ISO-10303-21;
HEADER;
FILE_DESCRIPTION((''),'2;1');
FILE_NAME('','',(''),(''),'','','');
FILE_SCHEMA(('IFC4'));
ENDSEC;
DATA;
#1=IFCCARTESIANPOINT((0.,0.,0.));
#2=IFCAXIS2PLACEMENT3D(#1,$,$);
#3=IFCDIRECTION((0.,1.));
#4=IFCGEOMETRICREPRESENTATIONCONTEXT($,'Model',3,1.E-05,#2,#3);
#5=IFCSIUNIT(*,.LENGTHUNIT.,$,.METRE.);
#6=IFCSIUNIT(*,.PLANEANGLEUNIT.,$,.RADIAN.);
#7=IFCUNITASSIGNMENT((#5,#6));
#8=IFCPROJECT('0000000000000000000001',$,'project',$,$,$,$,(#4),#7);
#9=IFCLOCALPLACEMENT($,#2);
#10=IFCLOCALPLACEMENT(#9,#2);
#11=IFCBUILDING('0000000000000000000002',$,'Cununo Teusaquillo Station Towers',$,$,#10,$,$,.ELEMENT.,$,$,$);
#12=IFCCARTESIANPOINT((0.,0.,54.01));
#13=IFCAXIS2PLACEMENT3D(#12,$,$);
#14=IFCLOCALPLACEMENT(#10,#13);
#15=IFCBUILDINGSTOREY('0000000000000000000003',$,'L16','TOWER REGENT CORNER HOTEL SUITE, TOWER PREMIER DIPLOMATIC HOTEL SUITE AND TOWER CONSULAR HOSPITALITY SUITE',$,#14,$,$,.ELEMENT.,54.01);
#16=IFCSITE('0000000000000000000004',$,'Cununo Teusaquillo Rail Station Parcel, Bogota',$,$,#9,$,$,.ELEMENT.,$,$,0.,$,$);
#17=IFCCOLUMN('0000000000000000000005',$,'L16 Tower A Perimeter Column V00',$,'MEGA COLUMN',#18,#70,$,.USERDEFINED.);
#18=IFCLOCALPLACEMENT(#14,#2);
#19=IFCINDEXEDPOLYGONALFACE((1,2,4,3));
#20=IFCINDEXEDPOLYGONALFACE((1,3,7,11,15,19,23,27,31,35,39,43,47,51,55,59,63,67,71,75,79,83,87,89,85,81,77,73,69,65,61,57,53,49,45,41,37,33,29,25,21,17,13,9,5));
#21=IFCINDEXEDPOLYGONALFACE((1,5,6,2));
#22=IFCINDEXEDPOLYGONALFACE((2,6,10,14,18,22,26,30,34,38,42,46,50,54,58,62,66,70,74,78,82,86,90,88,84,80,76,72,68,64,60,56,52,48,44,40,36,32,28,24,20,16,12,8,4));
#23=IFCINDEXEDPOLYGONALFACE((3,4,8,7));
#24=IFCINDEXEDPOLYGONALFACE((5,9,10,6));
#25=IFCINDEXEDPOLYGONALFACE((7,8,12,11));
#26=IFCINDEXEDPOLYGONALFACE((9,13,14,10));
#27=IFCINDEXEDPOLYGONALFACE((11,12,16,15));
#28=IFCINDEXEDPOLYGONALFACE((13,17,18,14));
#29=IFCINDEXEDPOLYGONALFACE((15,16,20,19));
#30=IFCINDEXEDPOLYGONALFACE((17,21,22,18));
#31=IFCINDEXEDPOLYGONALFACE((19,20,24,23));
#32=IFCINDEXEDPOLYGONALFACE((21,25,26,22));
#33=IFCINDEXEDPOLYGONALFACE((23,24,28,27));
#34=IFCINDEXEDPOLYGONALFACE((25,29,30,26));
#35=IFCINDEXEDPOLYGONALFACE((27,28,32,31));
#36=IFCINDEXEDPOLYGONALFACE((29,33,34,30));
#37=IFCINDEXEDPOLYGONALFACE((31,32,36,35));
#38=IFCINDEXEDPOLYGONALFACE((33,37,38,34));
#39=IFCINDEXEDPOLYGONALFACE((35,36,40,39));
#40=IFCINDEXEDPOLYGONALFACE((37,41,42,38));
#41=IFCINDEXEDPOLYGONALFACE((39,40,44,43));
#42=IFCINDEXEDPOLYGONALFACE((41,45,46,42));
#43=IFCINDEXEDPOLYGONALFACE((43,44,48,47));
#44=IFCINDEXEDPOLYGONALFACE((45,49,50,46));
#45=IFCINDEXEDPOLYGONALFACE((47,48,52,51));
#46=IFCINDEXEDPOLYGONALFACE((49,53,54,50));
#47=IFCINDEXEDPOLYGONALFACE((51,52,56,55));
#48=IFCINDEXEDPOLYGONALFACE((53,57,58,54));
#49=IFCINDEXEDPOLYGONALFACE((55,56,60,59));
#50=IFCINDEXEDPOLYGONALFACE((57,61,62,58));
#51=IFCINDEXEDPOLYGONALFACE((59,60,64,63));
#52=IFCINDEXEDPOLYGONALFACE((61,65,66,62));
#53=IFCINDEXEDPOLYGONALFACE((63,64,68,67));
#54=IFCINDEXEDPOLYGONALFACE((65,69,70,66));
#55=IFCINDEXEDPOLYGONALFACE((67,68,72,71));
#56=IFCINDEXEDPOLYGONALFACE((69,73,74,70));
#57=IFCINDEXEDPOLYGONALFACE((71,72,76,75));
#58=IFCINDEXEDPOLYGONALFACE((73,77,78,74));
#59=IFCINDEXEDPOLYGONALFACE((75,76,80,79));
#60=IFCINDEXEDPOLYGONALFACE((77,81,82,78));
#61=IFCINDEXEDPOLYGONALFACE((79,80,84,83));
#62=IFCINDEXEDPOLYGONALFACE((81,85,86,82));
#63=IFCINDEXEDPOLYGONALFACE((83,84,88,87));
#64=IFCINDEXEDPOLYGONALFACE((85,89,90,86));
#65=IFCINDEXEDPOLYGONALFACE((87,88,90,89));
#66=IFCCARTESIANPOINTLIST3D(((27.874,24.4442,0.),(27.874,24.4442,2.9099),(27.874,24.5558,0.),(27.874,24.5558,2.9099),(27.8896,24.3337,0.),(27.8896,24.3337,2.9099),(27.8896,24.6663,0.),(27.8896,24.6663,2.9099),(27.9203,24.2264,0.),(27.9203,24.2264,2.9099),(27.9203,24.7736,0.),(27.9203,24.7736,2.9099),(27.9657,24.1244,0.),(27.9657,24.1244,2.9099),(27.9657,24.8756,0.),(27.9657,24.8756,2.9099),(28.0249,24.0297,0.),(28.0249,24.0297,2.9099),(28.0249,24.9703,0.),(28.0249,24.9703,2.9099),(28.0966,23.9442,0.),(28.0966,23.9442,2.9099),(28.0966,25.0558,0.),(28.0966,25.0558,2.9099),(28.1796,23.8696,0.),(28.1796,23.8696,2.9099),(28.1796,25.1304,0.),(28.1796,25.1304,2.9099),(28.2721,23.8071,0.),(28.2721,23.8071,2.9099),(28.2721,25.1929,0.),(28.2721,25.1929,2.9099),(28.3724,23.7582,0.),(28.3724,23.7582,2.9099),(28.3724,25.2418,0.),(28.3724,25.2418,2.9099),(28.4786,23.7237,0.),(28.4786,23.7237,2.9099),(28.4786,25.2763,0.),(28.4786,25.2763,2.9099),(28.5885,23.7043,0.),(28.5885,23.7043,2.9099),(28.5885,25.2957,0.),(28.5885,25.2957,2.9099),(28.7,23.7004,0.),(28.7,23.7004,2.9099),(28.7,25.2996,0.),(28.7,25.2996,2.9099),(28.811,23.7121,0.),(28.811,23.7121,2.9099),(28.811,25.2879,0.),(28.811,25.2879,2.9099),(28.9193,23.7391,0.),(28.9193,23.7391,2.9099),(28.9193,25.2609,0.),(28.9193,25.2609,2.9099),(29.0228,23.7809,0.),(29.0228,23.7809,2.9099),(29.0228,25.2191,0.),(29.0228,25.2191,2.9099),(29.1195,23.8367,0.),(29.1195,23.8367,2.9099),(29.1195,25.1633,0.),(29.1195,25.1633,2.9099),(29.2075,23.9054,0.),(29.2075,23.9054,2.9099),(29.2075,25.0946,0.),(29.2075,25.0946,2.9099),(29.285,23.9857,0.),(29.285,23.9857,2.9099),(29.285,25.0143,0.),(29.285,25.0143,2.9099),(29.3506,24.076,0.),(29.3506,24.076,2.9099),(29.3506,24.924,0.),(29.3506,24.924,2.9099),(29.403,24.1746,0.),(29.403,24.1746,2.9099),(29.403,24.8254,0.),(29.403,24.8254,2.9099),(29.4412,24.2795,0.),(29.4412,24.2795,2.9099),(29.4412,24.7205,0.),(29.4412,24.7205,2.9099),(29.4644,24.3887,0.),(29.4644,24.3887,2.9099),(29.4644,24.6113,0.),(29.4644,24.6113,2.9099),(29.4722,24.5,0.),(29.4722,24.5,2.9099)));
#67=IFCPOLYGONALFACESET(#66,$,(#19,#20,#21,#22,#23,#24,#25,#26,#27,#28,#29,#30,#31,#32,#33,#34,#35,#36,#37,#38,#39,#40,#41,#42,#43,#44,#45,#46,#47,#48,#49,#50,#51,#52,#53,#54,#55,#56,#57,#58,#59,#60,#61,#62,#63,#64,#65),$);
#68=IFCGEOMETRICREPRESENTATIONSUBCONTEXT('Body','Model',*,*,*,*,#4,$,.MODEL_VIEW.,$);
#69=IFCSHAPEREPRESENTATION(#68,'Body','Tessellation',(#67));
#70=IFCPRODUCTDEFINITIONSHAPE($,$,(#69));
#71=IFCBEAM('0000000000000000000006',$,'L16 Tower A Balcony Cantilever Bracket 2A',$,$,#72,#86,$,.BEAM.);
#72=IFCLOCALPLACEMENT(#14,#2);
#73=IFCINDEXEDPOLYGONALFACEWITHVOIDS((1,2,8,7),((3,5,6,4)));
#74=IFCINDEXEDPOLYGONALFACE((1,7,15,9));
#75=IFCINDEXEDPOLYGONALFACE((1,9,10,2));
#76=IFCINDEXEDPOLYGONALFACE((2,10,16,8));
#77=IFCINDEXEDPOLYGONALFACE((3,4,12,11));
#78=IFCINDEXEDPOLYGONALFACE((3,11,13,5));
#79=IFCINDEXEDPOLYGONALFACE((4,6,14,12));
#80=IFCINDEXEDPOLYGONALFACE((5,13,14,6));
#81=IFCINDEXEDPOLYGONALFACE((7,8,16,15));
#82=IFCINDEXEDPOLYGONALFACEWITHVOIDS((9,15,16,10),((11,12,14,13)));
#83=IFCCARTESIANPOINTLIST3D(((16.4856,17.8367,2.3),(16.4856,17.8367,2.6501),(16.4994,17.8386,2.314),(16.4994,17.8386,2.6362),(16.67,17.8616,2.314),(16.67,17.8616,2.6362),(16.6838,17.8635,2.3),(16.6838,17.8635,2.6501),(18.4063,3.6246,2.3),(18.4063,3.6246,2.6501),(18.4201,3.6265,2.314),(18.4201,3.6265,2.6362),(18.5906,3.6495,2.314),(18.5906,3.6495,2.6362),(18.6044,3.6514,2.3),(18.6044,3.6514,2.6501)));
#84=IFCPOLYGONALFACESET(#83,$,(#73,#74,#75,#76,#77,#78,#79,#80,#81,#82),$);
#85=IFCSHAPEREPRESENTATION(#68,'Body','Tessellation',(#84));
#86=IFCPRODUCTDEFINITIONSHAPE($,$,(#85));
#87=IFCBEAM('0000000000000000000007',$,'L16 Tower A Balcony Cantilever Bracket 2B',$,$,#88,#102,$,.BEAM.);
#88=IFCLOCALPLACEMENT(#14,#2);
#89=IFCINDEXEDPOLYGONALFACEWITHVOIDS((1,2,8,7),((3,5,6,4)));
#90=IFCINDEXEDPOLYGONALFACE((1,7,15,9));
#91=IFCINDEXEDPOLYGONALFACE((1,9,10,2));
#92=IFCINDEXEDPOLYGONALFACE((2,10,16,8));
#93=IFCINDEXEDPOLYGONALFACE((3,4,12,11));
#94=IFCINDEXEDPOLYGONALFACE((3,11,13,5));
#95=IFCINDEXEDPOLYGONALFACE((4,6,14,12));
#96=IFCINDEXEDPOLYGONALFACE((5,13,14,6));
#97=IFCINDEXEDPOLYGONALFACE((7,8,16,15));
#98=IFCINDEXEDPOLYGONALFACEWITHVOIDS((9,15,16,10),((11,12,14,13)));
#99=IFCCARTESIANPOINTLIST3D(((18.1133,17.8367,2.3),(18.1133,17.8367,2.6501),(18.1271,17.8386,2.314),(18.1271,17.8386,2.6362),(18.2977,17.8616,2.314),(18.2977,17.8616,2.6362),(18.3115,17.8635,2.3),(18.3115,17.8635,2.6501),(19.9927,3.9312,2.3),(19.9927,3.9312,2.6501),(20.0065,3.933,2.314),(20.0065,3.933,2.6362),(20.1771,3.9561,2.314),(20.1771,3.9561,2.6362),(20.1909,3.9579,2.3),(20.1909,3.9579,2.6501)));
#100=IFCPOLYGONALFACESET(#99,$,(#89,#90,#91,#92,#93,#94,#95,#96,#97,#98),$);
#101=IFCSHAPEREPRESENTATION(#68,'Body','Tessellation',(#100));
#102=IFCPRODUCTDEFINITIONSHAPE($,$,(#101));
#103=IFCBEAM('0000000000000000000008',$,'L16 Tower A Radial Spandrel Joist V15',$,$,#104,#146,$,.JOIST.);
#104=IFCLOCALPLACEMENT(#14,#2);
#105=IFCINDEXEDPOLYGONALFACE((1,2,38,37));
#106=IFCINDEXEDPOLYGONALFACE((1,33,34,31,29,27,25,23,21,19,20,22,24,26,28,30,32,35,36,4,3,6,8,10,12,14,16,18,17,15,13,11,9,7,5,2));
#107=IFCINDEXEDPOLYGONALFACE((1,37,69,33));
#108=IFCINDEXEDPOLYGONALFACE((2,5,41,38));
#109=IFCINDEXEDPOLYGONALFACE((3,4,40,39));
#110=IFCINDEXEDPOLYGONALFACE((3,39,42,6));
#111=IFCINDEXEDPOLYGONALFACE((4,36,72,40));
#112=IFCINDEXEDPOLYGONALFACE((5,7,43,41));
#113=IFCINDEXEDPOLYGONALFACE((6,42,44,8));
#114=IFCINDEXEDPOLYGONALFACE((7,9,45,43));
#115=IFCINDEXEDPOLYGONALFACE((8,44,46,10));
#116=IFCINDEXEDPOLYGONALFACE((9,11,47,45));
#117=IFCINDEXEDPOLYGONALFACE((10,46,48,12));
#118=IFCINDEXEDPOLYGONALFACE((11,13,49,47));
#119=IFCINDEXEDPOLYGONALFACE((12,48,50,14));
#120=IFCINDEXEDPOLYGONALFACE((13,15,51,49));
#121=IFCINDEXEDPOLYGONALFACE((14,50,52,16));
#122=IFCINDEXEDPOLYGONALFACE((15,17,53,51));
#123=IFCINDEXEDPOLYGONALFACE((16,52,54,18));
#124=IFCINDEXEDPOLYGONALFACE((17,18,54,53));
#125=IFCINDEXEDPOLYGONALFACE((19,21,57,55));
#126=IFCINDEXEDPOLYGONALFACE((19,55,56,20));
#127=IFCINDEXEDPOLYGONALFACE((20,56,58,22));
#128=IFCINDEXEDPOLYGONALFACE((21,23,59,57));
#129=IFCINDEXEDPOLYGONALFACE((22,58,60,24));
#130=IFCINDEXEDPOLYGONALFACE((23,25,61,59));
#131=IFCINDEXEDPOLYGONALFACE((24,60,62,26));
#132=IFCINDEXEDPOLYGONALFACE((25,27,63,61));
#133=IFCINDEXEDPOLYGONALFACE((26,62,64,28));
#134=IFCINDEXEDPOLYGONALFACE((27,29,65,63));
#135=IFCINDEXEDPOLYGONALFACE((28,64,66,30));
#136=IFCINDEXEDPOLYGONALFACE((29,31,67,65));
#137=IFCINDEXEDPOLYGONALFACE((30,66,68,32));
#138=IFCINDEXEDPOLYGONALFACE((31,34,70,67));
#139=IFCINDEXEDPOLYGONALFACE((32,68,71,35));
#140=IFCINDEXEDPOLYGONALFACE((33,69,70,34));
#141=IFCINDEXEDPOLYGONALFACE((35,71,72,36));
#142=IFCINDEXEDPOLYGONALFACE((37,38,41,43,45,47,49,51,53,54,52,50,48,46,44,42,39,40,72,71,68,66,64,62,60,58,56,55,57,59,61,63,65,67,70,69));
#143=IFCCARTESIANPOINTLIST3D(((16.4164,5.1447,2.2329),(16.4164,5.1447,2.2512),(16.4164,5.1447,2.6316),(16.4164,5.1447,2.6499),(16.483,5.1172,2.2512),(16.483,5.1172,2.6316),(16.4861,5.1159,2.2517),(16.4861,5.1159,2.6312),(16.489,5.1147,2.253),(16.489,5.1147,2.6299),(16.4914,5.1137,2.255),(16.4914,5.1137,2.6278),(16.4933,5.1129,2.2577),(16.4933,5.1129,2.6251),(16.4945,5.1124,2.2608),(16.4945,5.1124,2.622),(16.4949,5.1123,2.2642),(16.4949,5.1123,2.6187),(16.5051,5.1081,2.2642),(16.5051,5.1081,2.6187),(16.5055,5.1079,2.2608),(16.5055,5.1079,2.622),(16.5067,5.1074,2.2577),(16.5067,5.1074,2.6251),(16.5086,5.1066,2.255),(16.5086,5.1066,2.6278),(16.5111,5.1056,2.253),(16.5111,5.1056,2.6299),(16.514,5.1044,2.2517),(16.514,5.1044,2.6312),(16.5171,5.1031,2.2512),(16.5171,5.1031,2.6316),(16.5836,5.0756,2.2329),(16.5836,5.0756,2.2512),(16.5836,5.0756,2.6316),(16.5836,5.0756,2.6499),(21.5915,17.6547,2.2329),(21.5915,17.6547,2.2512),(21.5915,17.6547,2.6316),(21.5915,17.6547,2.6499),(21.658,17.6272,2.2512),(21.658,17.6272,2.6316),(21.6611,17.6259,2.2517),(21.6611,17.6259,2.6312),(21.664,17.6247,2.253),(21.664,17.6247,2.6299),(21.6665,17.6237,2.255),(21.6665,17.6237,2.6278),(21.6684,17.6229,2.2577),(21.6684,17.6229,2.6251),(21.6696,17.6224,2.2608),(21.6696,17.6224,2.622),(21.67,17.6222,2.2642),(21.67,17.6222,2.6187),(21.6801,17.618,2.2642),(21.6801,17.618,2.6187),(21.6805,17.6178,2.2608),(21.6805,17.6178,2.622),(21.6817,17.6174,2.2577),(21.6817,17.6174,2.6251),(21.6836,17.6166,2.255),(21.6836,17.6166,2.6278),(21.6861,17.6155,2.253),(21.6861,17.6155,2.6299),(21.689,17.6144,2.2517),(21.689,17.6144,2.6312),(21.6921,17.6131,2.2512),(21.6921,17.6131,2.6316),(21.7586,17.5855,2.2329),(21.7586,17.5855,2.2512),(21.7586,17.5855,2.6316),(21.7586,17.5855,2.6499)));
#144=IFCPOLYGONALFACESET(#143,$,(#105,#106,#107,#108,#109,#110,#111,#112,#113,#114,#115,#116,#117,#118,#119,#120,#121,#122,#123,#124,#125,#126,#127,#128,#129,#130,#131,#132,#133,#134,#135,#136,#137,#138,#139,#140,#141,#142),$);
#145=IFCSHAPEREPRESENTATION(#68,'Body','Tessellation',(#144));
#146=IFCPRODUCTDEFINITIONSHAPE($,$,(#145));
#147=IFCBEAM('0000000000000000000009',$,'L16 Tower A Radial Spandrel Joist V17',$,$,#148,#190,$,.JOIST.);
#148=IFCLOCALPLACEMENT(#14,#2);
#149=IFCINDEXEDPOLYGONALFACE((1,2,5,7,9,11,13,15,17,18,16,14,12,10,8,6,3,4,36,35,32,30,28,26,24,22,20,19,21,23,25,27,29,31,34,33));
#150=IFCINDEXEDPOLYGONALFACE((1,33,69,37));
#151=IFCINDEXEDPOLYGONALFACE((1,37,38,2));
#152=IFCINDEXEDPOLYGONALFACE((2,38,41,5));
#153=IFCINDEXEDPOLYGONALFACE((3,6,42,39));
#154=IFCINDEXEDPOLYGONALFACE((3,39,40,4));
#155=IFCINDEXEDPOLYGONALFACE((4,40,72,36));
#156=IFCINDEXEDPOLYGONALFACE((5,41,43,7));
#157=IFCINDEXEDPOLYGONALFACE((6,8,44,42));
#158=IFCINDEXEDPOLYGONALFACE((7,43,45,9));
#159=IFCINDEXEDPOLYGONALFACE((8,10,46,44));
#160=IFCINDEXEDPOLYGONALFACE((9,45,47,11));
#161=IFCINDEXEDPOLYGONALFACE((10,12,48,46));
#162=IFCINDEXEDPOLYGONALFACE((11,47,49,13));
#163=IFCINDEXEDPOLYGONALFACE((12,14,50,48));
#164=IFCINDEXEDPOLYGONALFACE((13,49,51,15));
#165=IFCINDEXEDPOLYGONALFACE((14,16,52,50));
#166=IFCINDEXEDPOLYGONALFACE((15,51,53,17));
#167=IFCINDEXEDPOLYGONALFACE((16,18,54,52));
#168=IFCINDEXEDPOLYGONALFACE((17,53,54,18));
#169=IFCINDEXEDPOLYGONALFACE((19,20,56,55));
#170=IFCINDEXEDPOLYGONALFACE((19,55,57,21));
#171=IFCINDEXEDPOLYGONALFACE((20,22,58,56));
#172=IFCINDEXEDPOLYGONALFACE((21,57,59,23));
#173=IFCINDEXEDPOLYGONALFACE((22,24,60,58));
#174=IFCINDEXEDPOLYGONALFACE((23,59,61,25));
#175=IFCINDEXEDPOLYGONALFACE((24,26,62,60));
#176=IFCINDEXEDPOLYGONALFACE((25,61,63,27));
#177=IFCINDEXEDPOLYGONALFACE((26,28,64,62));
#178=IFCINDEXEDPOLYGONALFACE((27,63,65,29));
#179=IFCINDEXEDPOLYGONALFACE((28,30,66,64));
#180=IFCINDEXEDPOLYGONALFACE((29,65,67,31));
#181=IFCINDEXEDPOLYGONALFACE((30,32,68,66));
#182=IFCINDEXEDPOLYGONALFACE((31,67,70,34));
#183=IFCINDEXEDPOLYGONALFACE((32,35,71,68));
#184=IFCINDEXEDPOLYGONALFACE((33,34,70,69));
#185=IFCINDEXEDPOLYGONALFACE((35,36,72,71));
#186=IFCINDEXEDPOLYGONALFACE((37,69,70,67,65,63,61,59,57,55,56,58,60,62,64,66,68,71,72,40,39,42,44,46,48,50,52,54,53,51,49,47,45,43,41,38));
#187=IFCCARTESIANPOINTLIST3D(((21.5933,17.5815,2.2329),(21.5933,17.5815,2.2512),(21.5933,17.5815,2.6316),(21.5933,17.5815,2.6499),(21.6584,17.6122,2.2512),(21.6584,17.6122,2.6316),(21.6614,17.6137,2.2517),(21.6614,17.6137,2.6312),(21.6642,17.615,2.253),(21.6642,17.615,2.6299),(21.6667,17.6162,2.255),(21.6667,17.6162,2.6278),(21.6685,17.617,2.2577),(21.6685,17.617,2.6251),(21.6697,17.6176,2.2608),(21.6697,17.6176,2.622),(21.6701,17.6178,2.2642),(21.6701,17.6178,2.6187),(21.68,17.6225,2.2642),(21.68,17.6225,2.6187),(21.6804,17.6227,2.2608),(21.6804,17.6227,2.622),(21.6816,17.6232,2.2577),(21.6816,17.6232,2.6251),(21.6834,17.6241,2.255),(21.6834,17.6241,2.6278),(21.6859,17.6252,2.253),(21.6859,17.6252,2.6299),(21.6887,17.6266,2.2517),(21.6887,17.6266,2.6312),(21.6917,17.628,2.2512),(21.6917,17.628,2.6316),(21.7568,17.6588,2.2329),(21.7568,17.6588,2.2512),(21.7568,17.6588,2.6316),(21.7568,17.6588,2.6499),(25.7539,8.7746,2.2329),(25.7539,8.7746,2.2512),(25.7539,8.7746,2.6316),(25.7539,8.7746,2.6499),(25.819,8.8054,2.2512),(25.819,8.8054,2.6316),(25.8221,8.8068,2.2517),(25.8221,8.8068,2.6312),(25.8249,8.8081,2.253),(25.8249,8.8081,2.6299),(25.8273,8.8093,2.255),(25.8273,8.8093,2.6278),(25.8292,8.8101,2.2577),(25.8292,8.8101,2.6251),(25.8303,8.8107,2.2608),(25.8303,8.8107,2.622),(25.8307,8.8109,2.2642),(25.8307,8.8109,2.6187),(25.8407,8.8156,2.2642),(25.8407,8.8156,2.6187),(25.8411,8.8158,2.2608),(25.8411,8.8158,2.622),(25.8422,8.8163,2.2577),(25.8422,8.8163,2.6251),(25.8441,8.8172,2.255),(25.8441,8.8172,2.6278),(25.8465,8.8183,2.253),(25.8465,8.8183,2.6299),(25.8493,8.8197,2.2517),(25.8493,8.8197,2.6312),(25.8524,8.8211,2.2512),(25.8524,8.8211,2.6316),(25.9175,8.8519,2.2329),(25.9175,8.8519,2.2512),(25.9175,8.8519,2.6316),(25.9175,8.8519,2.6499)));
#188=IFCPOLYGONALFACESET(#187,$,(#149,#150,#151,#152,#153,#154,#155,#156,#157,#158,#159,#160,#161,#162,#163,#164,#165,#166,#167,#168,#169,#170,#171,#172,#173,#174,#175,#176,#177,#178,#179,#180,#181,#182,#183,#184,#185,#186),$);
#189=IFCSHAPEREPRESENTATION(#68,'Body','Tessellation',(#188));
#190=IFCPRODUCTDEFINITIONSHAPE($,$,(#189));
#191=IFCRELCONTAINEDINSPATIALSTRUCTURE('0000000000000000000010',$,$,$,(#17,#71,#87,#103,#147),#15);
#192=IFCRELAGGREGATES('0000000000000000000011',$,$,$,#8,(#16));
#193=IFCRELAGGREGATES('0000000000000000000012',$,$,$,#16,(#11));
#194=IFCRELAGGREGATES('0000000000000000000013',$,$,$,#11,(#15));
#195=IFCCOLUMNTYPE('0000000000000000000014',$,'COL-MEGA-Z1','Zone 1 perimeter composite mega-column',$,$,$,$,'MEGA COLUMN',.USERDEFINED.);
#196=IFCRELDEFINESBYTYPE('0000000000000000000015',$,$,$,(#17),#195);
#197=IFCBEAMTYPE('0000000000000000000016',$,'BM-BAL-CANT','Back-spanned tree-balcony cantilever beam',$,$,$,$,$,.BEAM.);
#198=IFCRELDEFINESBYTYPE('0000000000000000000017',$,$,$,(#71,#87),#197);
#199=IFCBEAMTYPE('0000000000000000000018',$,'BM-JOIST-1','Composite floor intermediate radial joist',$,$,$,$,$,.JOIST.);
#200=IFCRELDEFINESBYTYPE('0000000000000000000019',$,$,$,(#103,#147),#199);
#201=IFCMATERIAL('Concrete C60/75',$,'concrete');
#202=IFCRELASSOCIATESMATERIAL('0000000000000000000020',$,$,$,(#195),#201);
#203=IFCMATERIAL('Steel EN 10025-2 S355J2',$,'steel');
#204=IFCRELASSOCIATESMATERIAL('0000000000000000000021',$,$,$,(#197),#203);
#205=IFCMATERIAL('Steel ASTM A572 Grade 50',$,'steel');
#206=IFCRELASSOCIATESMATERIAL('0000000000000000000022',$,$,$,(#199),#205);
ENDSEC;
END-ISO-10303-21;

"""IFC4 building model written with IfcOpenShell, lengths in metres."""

from ifc_helpers import new_model, si_unit, direction, frame, origin, origin_2d, place, context, subcontext, project, spatial, hollow_rectangle, circle, i_section, extrude, material, material_profile, profile_set, type_object, element, save


model = new_model("IFC4")

# Units and contexts
model_context = context("Model", 3, precision=1e-05, world=origin(), true_north=direction((0.0, 1.0)))
body_context = subcontext(model_context, "Body", "Model", "MODEL_VIEW")
ifc_project = project(units=[si_unit("LENGTHUNIT", "METRE"), si_unit("PLANEANGLEUNIT", "RADIAN")], contexts=[model_context])

# Site, building, storey
site_placement = place(None, origin())
site = spatial("IfcSite", under=ifc_project, at=site_placement, Name="Cununo Teusaquillo Rail Station Parcel, Bogota", CompositionType="ELEMENT", RefElevation=0.0)
building_placement = place(site_placement, origin())
building = spatial("IfcBuilding", under=site, at=building_placement, Name="Cununo Teusaquillo Station Towers", CompositionType="ELEMENT")
storey_placement = place(building_placement, frame((0.0, 0.0, 54.01)))
storey = spatial("IfcBuildingStorey", under=building, at=storey_placement, Name="L16", Description="TOWER REGENT CORNER HOTEL SUITE, TOWER PREMIER DIPLOMATIC HOTEL SUITE AND TOWER CONSULAR HOSPITALITY SUITE", CompositionType="ELEMENT", Elevation=54.01)

# Column
ifc_material_1 = material(Name="Concrete C60/75", Category="concrete")
ifc_material_profile_1 = material_profile(ifc_material_1, circle(Radius=0.8, at=origin_2d()), Name="RC-CIRC-1600")
ifc_profile_set_1 = profile_set([ifc_material_profile_1], Name="Concrete C60/75")
column_type = type_object("IfcColumnType", Name="COL-MEGA-Z1", Description="Zone 1 perimeter composite mega-column", ElementType="MEGA COLUMN", PredefinedType="USERDEFINED", material=ifc_profile_set_1)
column_placement = place(storey_placement, frame((28.6721, 24.5, 0.0), z_axis=(0.0, 0.0, 1.0), x_axis=(1.0, 0.0, 0.0)))
element("IfcColumn", 1, at=column_placement, inside=storey, type_object=column_type, Name="L16 Tower A Perimeter Column V00", ObjectType="MEGA COLUMN", PredefinedType="USERDEFINED", context=body_context, shape_type="SweptSolid", body=[
    extrude(circle(Radius=0.8, at=origin_2d()), origin(), (0.0, 0.0, 1.0), 2.9099),
])

# Beams
ifc_material_2 = material(Name="Steel EN 10025-2 S355J2", Category="steel")
ifc_material_profile_2 = material_profile(ifc_material_2, hollow_rectangle(XDim=0.2, YDim=0.3501, WallThickness=0.0139, at=origin_2d()), Name="RHS 350x200x14")
ifc_profile_set_2 = profile_set([ifc_material_profile_2], Name="Steel EN 10025-2 S355J2")
beam_type_1 = type_object("IfcBeamType", Name="BM-BAL-CANT", Description="Back-spanned tree-balcony cantilever beam", PredefinedType="BEAM", material=ifc_profile_set_2)
beam_1_placement = place(storey_placement, frame((16.5847, 17.8501, 2.4751), z_axis=(0.133924, -0.990992, 0.0), x_axis=(0.990992, 0.133924, 0.0)))
element("IfcBeam", 2, at=beam_1_placement, inside=storey, type_object=beam_type_1, Name="L16 Tower A Balcony Cantilever Bracket 2A", PredefinedType="BEAM", context=body_context, shape_type="SweptSolid", body=[
    extrude(hollow_rectangle(XDim=0.2, YDim=0.3501, WallThickness=0.0139, at=origin_2d()), origin(), (0.0, 0.0, 1.0), 14.3413),
])
beam_2_placement = place(storey_placement, frame((18.2124, 17.8501, 2.4751), z_axis=(0.133937, -0.99099, 0.0), x_axis=(0.99099, 0.133937, 0.0)))
element("IfcBeam", 3, at=beam_2_placement, inside=storey, type_object=beam_type_1, Name="L16 Tower A Balcony Cantilever Bracket 2B", PredefinedType="BEAM", context=body_context, shape_type="SweptSolid", body=[
    extrude(hollow_rectangle(XDim=0.2, YDim=0.3501, WallThickness=0.0139, at=origin_2d()), origin(), (0.0, 0.0, 1.0), 14.032),
])
ifc_material_3 = material(Name="Steel ASTM A572 Grade 50", Category="steel")
ifc_material_profile_3 = material_profile(ifc_material_3, i_section(OverallWidth=0.1809, OverallDepth=0.417, WebThickness=0.011, FlangeThickness=0.0183, FilletRadius=0.0129, at=origin_2d()), Name="W16X57")
ifc_profile_set_3 = profile_set([ifc_material_profile_3], Name="Steel ASTM A572 Grade 50")
beam_type_2 = type_object("IfcBeamType", Name="BM-JOIST-1", Description="Composite floor intermediate radial joist", PredefinedType="JOIST", material=ifc_profile_set_3)
beam_3_placement = place(storey_placement, frame((21.675, 17.6201, 2.4414), z_axis=(-0.382257, -0.924056, 0.0), x_axis=(0.924056, -0.382257, 0.0)))
element("IfcBeam", 4, at=beam_3_placement, inside=storey, type_object=beam_type_2, Name="L16 Tower A Radial Spandrel Joist V15", PredefinedType="JOIST", context=body_context, shape_type="SweptSolid", body=[
    extrude(i_section(OverallWidth=0.1809, OverallDepth=0.417, WebThickness=0.011, FlangeThickness=0.0183, FilletRadius=0.0129, at=origin_2d()), origin(), (0.0, 0.0, 1.0), 13.5381),
])
beam_4_placement = place(storey_placement, frame((21.675, 17.6201, 2.4414), z_axis=(0.427161, -0.904176, 0.0), x_axis=(0.904176, 0.427161, 0.0)))
element("IfcBeam", 5, at=beam_4_placement, inside=storey, type_object=beam_type_2, Name="L16 Tower A Radial Spandrel Joist V17", PredefinedType="JOIST", context=body_context, shape_type="SweptSolid", body=[
    extrude(i_section(OverallWidth=0.1809, OverallDepth=0.417, WebThickness=0.011, FlangeThickness=0.0183, FilletRadius=0.0129, at=origin_2d()), origin(), (0.0, 0.0, 1.0), 9.7402),
])

save(model, "model.ifc")
